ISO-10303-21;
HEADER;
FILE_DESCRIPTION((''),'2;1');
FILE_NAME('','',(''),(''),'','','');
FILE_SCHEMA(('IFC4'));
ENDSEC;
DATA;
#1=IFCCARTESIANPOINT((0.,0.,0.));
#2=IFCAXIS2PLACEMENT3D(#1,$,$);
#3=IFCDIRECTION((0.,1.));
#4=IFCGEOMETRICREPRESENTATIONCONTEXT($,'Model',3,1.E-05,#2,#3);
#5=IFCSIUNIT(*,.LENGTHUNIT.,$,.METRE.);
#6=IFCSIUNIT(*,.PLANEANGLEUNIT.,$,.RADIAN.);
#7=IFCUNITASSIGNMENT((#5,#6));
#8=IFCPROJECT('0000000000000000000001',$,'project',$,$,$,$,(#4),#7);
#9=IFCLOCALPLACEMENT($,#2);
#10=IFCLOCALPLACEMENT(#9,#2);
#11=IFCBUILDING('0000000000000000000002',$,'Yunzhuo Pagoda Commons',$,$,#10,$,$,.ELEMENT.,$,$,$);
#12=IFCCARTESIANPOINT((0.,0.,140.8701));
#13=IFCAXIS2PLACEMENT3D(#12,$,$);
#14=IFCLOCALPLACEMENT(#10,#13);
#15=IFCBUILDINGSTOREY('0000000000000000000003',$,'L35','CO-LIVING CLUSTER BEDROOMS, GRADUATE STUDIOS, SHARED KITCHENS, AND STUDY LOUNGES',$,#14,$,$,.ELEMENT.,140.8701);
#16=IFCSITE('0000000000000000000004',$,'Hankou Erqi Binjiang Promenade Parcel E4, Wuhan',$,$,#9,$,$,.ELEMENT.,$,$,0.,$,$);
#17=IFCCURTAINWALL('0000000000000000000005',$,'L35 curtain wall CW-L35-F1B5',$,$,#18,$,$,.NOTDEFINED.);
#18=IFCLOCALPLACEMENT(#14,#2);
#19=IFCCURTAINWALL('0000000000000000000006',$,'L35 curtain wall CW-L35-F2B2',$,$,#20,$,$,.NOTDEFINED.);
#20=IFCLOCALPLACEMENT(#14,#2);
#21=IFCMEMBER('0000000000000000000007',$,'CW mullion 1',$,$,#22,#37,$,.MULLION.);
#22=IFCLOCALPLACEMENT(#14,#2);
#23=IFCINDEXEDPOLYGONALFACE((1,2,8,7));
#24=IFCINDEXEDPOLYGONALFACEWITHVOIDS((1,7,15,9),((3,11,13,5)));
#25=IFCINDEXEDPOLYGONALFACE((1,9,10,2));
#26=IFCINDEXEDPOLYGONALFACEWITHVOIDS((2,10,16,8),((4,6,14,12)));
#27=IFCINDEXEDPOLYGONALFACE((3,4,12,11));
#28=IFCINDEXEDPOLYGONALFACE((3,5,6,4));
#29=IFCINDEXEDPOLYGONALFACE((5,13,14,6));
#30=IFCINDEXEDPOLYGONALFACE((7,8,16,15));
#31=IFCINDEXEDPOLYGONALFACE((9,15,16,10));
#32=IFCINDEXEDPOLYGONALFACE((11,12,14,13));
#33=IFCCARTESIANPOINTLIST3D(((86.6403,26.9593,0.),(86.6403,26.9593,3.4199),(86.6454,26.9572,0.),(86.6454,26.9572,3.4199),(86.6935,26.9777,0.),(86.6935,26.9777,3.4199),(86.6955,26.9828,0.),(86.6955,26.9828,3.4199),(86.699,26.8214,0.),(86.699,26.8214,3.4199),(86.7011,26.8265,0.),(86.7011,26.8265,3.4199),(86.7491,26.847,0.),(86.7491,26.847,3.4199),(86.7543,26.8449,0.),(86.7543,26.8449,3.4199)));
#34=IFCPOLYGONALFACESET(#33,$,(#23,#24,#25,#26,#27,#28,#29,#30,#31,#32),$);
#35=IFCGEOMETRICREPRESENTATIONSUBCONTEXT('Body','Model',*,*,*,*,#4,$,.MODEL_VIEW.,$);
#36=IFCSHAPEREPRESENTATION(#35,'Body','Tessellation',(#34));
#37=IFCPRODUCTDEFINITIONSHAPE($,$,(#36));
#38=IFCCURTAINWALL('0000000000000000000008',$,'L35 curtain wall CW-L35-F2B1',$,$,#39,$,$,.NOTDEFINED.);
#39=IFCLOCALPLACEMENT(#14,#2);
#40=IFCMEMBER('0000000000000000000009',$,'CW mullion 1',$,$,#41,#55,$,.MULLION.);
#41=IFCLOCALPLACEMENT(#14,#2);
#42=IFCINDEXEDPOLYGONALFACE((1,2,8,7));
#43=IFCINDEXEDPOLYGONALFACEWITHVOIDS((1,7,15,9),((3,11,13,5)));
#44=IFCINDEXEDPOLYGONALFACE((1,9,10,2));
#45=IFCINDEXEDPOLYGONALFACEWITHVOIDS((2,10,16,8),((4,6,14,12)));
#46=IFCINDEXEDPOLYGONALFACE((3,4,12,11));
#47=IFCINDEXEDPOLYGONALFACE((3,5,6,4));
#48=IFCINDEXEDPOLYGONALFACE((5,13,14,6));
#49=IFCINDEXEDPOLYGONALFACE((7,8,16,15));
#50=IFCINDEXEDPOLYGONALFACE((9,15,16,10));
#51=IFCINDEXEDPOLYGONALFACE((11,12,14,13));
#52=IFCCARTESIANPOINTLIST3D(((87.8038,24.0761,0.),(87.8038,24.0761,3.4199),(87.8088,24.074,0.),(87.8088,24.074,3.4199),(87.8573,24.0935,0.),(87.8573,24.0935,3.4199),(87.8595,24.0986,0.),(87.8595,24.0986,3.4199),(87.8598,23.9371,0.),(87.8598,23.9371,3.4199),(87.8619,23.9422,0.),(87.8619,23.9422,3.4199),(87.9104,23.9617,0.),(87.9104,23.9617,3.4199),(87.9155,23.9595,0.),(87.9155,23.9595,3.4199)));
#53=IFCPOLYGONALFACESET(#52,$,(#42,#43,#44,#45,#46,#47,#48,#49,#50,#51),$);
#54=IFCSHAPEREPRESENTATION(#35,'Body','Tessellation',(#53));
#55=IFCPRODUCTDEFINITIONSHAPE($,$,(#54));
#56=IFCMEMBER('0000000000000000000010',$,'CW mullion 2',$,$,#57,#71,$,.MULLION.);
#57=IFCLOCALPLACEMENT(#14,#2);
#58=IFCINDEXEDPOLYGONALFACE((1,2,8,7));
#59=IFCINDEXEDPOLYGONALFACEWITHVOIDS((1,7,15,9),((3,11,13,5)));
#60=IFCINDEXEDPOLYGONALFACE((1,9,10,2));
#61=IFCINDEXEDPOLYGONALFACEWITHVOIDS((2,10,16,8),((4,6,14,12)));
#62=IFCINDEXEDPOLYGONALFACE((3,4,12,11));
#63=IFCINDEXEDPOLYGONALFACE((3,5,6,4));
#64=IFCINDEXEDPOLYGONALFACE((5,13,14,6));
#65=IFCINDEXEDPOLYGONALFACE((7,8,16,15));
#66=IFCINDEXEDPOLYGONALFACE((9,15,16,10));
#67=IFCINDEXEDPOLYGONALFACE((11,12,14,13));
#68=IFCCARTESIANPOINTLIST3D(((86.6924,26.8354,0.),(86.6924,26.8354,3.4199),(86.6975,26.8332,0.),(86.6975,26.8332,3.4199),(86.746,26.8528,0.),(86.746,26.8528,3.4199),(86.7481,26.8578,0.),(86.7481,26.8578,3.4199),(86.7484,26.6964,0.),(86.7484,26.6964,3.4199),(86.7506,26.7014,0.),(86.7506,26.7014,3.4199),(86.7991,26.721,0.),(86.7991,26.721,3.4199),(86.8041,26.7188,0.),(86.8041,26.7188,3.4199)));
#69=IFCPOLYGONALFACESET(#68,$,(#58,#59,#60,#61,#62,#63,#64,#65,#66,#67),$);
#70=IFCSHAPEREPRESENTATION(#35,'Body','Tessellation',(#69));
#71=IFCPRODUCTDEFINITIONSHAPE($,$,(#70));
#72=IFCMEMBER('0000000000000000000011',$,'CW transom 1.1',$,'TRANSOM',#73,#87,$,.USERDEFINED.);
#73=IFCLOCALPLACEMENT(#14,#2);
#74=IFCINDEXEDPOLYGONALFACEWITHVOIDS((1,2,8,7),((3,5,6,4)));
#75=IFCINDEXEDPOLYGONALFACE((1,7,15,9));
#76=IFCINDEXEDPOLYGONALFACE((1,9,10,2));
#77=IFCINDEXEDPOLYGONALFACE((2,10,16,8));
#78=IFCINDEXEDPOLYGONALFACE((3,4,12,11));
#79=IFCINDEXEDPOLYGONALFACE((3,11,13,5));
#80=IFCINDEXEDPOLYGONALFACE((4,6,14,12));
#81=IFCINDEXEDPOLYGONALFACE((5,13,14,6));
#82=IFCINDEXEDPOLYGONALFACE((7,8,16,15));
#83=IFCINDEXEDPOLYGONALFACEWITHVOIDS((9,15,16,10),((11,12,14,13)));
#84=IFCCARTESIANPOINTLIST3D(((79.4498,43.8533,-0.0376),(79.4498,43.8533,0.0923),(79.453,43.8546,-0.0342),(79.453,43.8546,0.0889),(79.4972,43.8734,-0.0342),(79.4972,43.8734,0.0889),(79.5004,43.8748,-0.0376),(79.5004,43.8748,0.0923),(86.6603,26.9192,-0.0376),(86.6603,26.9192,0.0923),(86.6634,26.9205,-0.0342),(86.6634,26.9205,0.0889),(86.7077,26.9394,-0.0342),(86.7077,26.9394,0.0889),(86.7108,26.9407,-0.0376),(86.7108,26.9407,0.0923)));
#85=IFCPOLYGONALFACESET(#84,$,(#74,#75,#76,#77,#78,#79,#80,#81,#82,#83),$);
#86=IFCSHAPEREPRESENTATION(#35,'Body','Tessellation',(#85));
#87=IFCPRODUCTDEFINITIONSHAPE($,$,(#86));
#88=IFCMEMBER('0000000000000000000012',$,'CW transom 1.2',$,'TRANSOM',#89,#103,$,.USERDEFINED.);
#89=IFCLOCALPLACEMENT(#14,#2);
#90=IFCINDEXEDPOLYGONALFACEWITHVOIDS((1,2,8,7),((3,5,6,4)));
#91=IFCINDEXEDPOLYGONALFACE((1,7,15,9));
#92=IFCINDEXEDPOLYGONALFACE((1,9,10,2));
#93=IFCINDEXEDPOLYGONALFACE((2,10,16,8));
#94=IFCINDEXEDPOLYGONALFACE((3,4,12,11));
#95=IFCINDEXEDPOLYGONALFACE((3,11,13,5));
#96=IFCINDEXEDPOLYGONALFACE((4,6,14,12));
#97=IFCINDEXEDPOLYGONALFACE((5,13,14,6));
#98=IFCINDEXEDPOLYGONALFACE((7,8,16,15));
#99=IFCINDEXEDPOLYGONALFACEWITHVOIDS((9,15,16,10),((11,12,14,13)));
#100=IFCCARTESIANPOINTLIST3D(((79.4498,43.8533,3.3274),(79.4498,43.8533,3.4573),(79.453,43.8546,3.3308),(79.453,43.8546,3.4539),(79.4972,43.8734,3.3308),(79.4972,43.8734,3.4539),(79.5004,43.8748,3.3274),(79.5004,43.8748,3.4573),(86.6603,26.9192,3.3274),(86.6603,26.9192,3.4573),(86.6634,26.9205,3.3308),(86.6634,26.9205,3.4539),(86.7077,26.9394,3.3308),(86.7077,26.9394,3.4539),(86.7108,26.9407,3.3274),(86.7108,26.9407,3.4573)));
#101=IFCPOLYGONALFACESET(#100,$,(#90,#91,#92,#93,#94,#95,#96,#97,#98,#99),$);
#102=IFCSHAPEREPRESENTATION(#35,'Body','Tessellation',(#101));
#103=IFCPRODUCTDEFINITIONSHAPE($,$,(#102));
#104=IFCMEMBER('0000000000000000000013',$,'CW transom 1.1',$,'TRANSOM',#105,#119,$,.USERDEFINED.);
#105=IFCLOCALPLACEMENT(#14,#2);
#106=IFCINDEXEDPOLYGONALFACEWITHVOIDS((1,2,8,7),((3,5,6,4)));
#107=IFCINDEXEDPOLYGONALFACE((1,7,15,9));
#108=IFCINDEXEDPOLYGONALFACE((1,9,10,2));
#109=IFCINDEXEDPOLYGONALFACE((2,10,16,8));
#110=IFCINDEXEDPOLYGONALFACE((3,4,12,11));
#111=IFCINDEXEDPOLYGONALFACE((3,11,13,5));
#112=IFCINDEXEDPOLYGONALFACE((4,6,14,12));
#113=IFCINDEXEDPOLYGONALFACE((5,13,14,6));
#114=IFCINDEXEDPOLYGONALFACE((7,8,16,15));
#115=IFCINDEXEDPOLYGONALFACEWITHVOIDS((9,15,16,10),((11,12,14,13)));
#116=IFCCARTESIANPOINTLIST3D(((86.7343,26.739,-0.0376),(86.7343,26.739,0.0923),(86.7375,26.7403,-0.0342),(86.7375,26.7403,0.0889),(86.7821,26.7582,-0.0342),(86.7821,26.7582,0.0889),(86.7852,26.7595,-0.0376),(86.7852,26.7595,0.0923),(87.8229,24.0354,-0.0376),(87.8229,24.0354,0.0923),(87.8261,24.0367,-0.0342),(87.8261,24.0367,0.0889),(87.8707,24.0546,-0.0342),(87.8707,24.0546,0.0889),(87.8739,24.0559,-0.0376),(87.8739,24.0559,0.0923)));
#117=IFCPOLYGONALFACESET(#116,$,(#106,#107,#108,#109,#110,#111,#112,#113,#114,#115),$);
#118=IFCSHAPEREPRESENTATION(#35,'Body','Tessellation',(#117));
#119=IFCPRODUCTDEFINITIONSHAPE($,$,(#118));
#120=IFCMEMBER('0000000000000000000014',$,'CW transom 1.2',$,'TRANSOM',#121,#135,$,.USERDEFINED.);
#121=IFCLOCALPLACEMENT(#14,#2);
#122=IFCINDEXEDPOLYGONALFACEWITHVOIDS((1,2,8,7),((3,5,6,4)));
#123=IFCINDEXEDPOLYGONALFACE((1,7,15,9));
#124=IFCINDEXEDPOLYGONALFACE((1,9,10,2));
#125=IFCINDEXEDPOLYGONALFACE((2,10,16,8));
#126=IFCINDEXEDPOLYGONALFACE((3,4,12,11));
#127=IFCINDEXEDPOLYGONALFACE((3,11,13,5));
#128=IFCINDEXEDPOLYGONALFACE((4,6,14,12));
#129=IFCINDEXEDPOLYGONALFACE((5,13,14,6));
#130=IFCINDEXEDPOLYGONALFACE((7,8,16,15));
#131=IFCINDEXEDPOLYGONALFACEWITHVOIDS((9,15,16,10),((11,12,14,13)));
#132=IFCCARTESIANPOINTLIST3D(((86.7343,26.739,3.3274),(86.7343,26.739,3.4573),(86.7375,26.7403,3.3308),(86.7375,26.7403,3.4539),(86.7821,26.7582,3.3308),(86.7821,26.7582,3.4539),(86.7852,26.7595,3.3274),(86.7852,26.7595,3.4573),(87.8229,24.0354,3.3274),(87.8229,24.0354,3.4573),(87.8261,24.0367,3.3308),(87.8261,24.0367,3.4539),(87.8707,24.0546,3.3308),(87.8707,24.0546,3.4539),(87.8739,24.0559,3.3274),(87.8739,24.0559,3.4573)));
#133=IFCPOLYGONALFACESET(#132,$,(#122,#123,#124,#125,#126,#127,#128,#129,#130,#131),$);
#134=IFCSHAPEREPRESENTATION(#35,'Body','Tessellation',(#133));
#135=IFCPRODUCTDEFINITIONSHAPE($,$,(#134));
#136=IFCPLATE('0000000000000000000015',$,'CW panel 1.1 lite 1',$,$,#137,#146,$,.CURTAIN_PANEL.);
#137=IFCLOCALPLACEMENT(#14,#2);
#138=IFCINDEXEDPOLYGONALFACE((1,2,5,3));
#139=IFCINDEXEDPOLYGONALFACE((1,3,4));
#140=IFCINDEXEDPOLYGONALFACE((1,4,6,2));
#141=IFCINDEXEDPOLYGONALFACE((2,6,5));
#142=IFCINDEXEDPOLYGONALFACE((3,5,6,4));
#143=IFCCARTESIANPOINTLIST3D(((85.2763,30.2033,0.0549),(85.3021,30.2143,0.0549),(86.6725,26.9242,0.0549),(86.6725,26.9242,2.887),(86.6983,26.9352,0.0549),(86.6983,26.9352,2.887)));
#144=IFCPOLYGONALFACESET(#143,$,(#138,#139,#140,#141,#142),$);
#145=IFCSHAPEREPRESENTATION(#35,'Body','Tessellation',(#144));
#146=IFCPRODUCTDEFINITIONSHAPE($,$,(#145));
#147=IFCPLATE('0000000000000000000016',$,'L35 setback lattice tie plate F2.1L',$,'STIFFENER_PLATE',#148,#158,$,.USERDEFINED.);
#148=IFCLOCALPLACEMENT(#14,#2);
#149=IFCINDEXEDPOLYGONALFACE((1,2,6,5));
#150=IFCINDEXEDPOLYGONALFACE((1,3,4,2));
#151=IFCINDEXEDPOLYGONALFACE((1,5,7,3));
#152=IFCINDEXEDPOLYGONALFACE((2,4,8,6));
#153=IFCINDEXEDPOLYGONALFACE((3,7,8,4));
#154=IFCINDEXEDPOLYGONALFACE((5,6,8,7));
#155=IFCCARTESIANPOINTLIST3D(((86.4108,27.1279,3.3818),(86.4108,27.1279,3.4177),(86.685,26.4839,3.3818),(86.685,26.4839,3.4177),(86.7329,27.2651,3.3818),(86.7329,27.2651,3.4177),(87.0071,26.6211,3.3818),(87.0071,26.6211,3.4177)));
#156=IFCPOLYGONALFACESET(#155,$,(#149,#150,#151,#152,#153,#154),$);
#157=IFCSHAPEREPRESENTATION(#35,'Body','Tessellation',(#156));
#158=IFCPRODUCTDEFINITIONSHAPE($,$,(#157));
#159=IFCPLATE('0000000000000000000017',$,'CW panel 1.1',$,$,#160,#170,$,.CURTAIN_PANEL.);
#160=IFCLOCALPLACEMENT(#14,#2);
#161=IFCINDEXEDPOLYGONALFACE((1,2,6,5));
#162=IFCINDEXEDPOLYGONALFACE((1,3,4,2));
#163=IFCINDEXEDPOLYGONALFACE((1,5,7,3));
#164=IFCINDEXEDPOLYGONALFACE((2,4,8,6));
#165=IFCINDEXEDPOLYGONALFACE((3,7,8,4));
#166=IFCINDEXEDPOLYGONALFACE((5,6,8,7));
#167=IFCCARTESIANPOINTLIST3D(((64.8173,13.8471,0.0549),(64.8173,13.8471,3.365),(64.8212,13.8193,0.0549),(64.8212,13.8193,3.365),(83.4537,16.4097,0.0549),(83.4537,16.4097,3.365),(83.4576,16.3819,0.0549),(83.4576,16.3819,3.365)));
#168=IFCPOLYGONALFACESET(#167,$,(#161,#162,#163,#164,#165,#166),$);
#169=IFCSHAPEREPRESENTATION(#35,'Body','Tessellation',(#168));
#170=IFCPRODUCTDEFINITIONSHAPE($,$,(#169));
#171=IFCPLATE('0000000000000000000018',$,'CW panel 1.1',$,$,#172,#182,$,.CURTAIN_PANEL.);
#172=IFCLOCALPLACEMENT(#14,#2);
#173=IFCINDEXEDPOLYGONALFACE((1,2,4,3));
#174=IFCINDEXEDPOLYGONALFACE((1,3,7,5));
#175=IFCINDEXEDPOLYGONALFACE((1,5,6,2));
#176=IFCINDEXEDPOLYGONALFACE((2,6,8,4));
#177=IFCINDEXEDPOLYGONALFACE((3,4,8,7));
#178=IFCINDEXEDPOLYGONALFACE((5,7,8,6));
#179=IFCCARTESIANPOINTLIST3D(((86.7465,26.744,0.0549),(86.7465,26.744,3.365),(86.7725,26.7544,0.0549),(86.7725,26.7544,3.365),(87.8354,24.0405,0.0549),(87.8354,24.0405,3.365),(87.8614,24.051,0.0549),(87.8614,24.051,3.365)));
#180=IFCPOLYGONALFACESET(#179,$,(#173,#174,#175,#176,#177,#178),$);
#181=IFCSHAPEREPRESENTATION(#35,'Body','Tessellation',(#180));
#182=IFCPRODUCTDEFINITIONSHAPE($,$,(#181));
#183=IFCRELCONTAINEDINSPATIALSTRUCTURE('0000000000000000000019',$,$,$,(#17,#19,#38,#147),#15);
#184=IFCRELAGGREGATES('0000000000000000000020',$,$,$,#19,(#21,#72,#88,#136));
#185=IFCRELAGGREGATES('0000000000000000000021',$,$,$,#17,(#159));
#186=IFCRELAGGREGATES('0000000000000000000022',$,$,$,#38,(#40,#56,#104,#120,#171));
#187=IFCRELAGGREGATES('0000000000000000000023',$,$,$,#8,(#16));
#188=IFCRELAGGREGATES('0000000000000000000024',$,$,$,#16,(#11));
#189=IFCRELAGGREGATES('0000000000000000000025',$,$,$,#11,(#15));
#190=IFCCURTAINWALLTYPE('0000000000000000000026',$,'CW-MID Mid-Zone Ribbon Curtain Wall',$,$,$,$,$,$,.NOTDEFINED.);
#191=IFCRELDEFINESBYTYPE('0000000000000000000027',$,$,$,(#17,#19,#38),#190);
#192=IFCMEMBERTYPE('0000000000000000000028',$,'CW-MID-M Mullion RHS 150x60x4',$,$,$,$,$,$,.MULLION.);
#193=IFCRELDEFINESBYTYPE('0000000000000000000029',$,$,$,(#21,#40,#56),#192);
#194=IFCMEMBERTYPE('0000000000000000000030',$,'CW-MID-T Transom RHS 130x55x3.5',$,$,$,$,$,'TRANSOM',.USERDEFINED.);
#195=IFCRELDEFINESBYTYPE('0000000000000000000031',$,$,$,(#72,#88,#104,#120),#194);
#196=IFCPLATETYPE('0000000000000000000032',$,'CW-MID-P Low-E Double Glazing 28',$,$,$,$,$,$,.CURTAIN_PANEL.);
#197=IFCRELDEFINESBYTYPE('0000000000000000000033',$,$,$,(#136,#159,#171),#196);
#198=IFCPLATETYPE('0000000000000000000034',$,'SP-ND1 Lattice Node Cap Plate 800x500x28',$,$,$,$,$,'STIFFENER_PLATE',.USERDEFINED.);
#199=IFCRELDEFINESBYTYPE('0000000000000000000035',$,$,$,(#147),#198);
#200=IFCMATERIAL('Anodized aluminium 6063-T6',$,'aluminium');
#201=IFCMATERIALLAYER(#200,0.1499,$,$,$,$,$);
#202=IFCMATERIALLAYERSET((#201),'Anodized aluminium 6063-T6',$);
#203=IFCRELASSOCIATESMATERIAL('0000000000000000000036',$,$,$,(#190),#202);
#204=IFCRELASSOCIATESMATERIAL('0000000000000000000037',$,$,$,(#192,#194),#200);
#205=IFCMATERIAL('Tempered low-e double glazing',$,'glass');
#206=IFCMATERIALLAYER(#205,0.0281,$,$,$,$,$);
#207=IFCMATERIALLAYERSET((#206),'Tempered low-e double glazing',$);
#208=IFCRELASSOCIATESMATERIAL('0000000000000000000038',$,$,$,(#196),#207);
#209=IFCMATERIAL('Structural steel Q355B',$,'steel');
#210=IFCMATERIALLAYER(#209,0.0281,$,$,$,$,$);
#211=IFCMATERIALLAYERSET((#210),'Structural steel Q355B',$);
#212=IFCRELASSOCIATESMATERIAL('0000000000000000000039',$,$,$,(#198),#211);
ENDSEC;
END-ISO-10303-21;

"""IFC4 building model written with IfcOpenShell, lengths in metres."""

from ifc_helpers import new_model, si_unit, direction, frame, origin, origin_2d, place, context, subcontext, project, spatial, polyline, rectangle, hollow_rectangle, outline, extrude, source, transform, mapped, material, layer, layer_set, material_profile, profile_set, type_object, element, aggregate, save


model = new_model("IFC4")

# Units and contexts
model_context = context("Model", 3, precision=1e-05, world=origin(), true_north=direction((0.0, 1.0)))
body_context = subcontext(model_context, "Body", "Model", "MODEL_VIEW")
ifc_project = project(units=[si_unit("LENGTHUNIT", "METRE"), si_unit("PLANEANGLEUNIT", "RADIAN")], contexts=[model_context])

# Site, building, storey
site_placement = place(None, origin())
site = spatial("IfcSite", under=ifc_project, at=site_placement, Name="Hankou Erqi Binjiang Promenade Parcel E4, Wuhan", CompositionType="ELEMENT", RefElevation=0.0)
building_placement = place(site_placement, origin())
building = spatial("IfcBuilding", under=site, at=building_placement, Name="Yunzhuo Pagoda Commons", CompositionType="ELEMENT")
storey_placement = place(building_placement, frame((0.0, 0.0, 140.8701)))
storey = spatial("IfcBuildingStorey", under=building, at=storey_placement, Name="L35", Description="CO-LIVING CLUSTER BEDROOMS, GRADUATE STUDIOS, SHARED KITCHENS, AND STUDY LOUNGES", CompositionType="ELEMENT", Elevation=140.8701)

# Shared definitions
ifc_material_1 = material(Name="Structural steel Q355B", Category="steel")

# Curtain walls, member
ifc_material_2 = material(Name="Anodized aluminium 6063-T6", Category="aluminium")
ifc_layer_1 = layer(ifc_material_2, 0.1499)
ifc_layer_set_1 = layer_set([ifc_layer_1], Name="Anodized aluminium 6063-T6")
curtain_wall_type = type_object("IfcCurtainWallType", Name="CW-MID Mid-Zone Ribbon Curtain Wall", PredefinedType="NOTDEFINED", material=ifc_layer_set_1)
curtain_wall_1_placement = place(storey_placement, origin())
curtain_wall_1 = element("IfcCurtainWall", 1, at=curtain_wall_1_placement, inside=storey, type_object=curtain_wall_type, Name="L35 curtain wall CW-L35-F1B5", PredefinedType="NOTDEFINED")
ifc_material_profile_1 = material_profile(ifc_material_2, hollow_rectangle(XDim=0.0601, YDim=0.1499, WallThickness=0.0039, at=origin_2d()), Name="Anodized aluminium 6063-T6")
ifc_profile_set_1 = profile_set([ifc_material_profile_1], Name="Anodized aluminium 6063-T6")
member_type_1 = type_object("IfcMemberType", Name="CW-MID-M Mullion RHS 150x60x4", PredefinedType="MULLION", material=ifc_profile_set_1)
shared_shape_1 = source(origin(), body_context, "Body", "SweptSolid", [
    extrude(hollow_rectangle(XDim=0.0601, YDim=0.1499, WallThickness=0.0039, at=origin_2d()), origin(), (0.0, 0.0, 1.0), 3.4199),
])
curtain_wall_2_placement = place(storey_placement, origin())
curtain_wall_2 = element("IfcCurtainWall", 2, at=curtain_wall_2_placement, inside=storey, type_object=curtain_wall_type, Name="L35 curtain wall CW-L35-F2B2", PredefinedType="NOTDEFINED")
member_1_placement = place(storey_placement, frame((86.6973, 26.9021, 0.0), z_axis=(0.0, 0.0, 1.0), x_axis=(-0.920072, -0.391749, 0.0)))
member_1 = element("IfcMember", 3, at=member_1_placement, type_object=member_type_1, Name="CW mullion 1", PredefinedType="MULLION", context=body_context, shape_type="MappedRepresentation", body=[
    mapped(shared_shape_1, transform((0.0, 0.0, 0.0), scale=1.0)),
])

# Curtain wall, members
curtain_wall_3_placement = place(storey_placement, origin())
curtain_wall_3 = element("IfcCurtainWall", 4, at=curtain_wall_3_placement, inside=storey, type_object=curtain_wall_type, Name="L35 curtain wall CW-L35-F2B1", PredefinedType="NOTDEFINED")
member_2_placement = place(storey_placement, frame((87.8596, 24.0178, 0.0), z_axis=(0.0, 0.0, 1.0), x_axis=(-0.927583, -0.373617, 0.0)))
member_2 = element("IfcMember", 5, at=member_2_placement, type_object=member_type_1, Name="CW mullion 1", PredefinedType="MULLION", context=body_context, shape_type="MappedRepresentation", body=[
    mapped(shared_shape_1, transform((0.0, 0.0, 0.0), scale=1.0)),
])
member_3_placement = place(storey_placement, frame((86.7483, 26.7771, 0.0), z_axis=(0.0, 0.0, 1.0), x_axis=(-0.927583, -0.373617, 0.0)))
member_3 = element("IfcMember", 6, at=member_3_placement, type_object=member_type_1, Name="CW mullion 2", PredefinedType="MULLION", context=body_context, shape_type="MappedRepresentation", body=[
    mapped(shared_shape_1, transform((0.0, 0.0, 0.0), scale=1.0)),
])

# Members
ifc_material_profile_2 = material_profile(ifc_material_2, hollow_rectangle(XDim=0.0549, YDim=0.1299, WallThickness=0.0034, at=origin_2d()), Name="Anodized aluminium 6063-T6")
ifc_profile_set_2 = profile_set([ifc_material_profile_2], Name="Anodized aluminium 6063-T6")
member_type_2 = type_object("IfcMemberType", Name="CW-MID-T Transom RHS 130x55x3.5", ElementType="TRANSOM", PredefinedType="USERDEFINED", material=ifc_profile_set_2)
shared_shape_2 = source(origin(), body_context, "Body", "SweptSolid", [
    extrude(hollow_rectangle(XDim=0.0549, YDim=0.1299, WallThickness=0.0034, at=origin_2d()), origin(), (0.0, 0.0, 1.0), 18.4053),
])
member_4_placement = place(storey_placement, frame((86.6855, 26.9299, 0.0273), z_axis=(-0.39176, 0.920067, 0.0), x_axis=(-0.920067, -0.39176, 0.0)))
member_4 = element("IfcMember", 7, at=member_4_placement, type_object=member_type_2, Name="CW transom 1.1", ObjectType="TRANSOM", PredefinedType="USERDEFINED", context=body_context, shape_type="MappedRepresentation", body=[
    mapped(shared_shape_2, transform((0.0, 0.0, 0.0), scale=1.0)),
])
member_5_placement = place(storey_placement, frame((86.6855, 26.9299, 3.3923), z_axis=(-0.39176, 0.920067, 0.0), x_axis=(-0.920067, -0.39176, 0.0)))
member_5 = element("IfcMember", 8, at=member_5_placement, type_object=member_type_2, Name="CW transom 1.2", ObjectType="TRANSOM", PredefinedType="USERDEFINED", context=body_context, shape_type="MappedRepresentation", body=[
    mapped(shared_shape_2, transform((0.0, 0.0, 0.0), scale=1.0)),
])
shared_shape_3 = source(origin(), body_context, "Body", "SweptSolid", [
    extrude(hollow_rectangle(XDim=0.0549, YDim=0.1299, WallThickness=0.0034, at=origin_2d()), origin(), (0.0, 0.0, 1.0), 2.9146),
])
member_6_placement = place(storey_placement, frame((87.8484, 24.0457, 0.0273), z_axis=(-0.373513, 0.927625, 0.0), x_axis=(-0.927625, -0.373513, 0.0)))
member_6 = element("IfcMember", 9, at=member_6_placement, type_object=member_type_2, Name="CW transom 1.1", ObjectType="TRANSOM", PredefinedType="USERDEFINED", context=body_context, shape_type="MappedRepresentation", body=[
    mapped(shared_shape_3, transform((0.0, 0.0, 0.0), scale=1.0)),
])
member_7_placement = place(storey_placement, frame((87.8484, 24.0457, 3.3923), z_axis=(-0.373513, 0.927625, 0.0), x_axis=(-0.927625, -0.373513, 0.0)))
member_7 = element("IfcMember", 10, at=member_7_placement, type_object=member_type_2, Name="CW transom 1.2", ObjectType="TRANSOM", PredefinedType="USERDEFINED", context=body_context, shape_type="MappedRepresentation", body=[
    mapped(shared_shape_3, transform((0.0, 0.0, 0.0), scale=1.0)),
])

# Plates
ifc_material_3 = material(Name="Tempered low-e double glazing", Category="glass")
ifc_layer_2 = layer(ifc_material_3, 0.0281)
ifc_layer_set_2 = layer_set([ifc_layer_2], Name="Tempered low-e double glazing")
plate_type_1 = type_object("IfcPlateType", Name="CW-MID-P Low-E Double Glazing 28", PredefinedType="CURTAIN_PANEL", material=ifc_layer_set_2)
plate_1_placement = place(storey_placement, frame((85.9744, 28.5637, 1.4709), z_axis=(0.920072, 0.391749, 0.0), x_axis=(-0.391749, 0.920072, 0.0)))
plate_1 = element("IfcPlate", 11, at=plate_1_placement, type_object=plate_type_1, Name="CW panel 1.1 lite 1", PredefinedType="CURTAIN_PANEL", context=body_context, shape_type="SweptSolid", body=[
    extrude(outline(polyline([(-1.782, -1.416), (1.782, -1.416), (-1.782, 1.416), (-1.782, -1.416)])), origin(), (0.0, 0.0, 1.0), 0.0281),
])
aggregate(curtain_wall_2, [member_1, member_4, member_5, plate_1])
ifc_layer_3 = layer(ifc_material_1, 0.0281)
ifc_layer_set_3 = layer_set([ifc_layer_3], Name="Structural steel Q355B")
plate_type_2 = type_object("IfcPlateType", Name="SP-ND1 Lattice Node Cap Plate 800x500x28", ElementType="STIFFENER_PLATE", PredefinedType="USERDEFINED", material=ifc_layer_set_3)
shared_shape_4 = source(origin(), body_context, "Body", "SweptSolid", [
    extrude(rectangle(XDim=0.7, YDim=0.3501, at=origin_2d()), origin(), (0.0, 0.0, 1.0), 0.0359),
])
plate_2_placement = place(storey_placement, frame((86.709, 26.8745, 3.3818), z_axis=(0.0, 0.0, 1.0), x_axis=(-0.391743, 0.920075, 0.0)))
element("IfcPlate", 12, at=plate_2_placement, inside=storey, type_object=plate_type_2, Name="L35 setback lattice tie plate F2.1L", ObjectType="STIFFENER_PLATE", PredefinedType="USERDEFINED", context=body_context, shape_type="MappedRepresentation", body=[
    mapped(shared_shape_4, transform((0.0, 0.0, 0.0), scale=1.0)),
])
shared_shape_5 = source(origin(), body_context, "Body", "SweptSolid", [
    extrude(rectangle(XDim=18.8118, YDim=0.0281, at=origin_2d()), origin(), (0.0, 0.0, 1.0), 3.3101),
])
plate_3_placement = place(storey_placement, frame((74.1375, 15.1145, 0.0549), z_axis=(0.0, 0.0, 1.0), x_axis=(0.990679, 0.136221, 0.0)))
plate_3 = element("IfcPlate", 13, at=plate_3_placement, type_object=plate_type_1, Name="CW panel 1.1", PredefinedType="CURTAIN_PANEL", context=body_context, shape_type="MappedRepresentation", body=[
    mapped(shared_shape_5, transform((0.0, 0.0, 0.0), scale=1.0)),
])
aggregate(curtain_wall_1, [plate_3])
shared_shape_6 = source(origin(), body_context, "Body", "SweptSolid", [
    extrude(rectangle(XDim=2.9146, YDim=0.0281, at=origin_2d()), origin(), (0.0, 0.0, 1.0), 3.3101),
])
plate_4_placement = place(storey_placement, frame((87.304, 25.3975, 0.0549), z_axis=(0.0, 0.0, 1.0), x_axis=(-0.373617, 0.927583, 0.0)))
plate_4 = element("IfcPlate", 14, at=plate_4_placement, type_object=plate_type_1, Name="CW panel 1.1", PredefinedType="CURTAIN_PANEL", context=body_context, shape_type="MappedRepresentation", body=[
    mapped(shared_shape_6, transform((0.0, 0.0, 0.0), scale=1.0)),
])
aggregate(curtain_wall_3, [member_2, member_3, member_6, member_7, plate_4])

save(model, "model.ifc")
